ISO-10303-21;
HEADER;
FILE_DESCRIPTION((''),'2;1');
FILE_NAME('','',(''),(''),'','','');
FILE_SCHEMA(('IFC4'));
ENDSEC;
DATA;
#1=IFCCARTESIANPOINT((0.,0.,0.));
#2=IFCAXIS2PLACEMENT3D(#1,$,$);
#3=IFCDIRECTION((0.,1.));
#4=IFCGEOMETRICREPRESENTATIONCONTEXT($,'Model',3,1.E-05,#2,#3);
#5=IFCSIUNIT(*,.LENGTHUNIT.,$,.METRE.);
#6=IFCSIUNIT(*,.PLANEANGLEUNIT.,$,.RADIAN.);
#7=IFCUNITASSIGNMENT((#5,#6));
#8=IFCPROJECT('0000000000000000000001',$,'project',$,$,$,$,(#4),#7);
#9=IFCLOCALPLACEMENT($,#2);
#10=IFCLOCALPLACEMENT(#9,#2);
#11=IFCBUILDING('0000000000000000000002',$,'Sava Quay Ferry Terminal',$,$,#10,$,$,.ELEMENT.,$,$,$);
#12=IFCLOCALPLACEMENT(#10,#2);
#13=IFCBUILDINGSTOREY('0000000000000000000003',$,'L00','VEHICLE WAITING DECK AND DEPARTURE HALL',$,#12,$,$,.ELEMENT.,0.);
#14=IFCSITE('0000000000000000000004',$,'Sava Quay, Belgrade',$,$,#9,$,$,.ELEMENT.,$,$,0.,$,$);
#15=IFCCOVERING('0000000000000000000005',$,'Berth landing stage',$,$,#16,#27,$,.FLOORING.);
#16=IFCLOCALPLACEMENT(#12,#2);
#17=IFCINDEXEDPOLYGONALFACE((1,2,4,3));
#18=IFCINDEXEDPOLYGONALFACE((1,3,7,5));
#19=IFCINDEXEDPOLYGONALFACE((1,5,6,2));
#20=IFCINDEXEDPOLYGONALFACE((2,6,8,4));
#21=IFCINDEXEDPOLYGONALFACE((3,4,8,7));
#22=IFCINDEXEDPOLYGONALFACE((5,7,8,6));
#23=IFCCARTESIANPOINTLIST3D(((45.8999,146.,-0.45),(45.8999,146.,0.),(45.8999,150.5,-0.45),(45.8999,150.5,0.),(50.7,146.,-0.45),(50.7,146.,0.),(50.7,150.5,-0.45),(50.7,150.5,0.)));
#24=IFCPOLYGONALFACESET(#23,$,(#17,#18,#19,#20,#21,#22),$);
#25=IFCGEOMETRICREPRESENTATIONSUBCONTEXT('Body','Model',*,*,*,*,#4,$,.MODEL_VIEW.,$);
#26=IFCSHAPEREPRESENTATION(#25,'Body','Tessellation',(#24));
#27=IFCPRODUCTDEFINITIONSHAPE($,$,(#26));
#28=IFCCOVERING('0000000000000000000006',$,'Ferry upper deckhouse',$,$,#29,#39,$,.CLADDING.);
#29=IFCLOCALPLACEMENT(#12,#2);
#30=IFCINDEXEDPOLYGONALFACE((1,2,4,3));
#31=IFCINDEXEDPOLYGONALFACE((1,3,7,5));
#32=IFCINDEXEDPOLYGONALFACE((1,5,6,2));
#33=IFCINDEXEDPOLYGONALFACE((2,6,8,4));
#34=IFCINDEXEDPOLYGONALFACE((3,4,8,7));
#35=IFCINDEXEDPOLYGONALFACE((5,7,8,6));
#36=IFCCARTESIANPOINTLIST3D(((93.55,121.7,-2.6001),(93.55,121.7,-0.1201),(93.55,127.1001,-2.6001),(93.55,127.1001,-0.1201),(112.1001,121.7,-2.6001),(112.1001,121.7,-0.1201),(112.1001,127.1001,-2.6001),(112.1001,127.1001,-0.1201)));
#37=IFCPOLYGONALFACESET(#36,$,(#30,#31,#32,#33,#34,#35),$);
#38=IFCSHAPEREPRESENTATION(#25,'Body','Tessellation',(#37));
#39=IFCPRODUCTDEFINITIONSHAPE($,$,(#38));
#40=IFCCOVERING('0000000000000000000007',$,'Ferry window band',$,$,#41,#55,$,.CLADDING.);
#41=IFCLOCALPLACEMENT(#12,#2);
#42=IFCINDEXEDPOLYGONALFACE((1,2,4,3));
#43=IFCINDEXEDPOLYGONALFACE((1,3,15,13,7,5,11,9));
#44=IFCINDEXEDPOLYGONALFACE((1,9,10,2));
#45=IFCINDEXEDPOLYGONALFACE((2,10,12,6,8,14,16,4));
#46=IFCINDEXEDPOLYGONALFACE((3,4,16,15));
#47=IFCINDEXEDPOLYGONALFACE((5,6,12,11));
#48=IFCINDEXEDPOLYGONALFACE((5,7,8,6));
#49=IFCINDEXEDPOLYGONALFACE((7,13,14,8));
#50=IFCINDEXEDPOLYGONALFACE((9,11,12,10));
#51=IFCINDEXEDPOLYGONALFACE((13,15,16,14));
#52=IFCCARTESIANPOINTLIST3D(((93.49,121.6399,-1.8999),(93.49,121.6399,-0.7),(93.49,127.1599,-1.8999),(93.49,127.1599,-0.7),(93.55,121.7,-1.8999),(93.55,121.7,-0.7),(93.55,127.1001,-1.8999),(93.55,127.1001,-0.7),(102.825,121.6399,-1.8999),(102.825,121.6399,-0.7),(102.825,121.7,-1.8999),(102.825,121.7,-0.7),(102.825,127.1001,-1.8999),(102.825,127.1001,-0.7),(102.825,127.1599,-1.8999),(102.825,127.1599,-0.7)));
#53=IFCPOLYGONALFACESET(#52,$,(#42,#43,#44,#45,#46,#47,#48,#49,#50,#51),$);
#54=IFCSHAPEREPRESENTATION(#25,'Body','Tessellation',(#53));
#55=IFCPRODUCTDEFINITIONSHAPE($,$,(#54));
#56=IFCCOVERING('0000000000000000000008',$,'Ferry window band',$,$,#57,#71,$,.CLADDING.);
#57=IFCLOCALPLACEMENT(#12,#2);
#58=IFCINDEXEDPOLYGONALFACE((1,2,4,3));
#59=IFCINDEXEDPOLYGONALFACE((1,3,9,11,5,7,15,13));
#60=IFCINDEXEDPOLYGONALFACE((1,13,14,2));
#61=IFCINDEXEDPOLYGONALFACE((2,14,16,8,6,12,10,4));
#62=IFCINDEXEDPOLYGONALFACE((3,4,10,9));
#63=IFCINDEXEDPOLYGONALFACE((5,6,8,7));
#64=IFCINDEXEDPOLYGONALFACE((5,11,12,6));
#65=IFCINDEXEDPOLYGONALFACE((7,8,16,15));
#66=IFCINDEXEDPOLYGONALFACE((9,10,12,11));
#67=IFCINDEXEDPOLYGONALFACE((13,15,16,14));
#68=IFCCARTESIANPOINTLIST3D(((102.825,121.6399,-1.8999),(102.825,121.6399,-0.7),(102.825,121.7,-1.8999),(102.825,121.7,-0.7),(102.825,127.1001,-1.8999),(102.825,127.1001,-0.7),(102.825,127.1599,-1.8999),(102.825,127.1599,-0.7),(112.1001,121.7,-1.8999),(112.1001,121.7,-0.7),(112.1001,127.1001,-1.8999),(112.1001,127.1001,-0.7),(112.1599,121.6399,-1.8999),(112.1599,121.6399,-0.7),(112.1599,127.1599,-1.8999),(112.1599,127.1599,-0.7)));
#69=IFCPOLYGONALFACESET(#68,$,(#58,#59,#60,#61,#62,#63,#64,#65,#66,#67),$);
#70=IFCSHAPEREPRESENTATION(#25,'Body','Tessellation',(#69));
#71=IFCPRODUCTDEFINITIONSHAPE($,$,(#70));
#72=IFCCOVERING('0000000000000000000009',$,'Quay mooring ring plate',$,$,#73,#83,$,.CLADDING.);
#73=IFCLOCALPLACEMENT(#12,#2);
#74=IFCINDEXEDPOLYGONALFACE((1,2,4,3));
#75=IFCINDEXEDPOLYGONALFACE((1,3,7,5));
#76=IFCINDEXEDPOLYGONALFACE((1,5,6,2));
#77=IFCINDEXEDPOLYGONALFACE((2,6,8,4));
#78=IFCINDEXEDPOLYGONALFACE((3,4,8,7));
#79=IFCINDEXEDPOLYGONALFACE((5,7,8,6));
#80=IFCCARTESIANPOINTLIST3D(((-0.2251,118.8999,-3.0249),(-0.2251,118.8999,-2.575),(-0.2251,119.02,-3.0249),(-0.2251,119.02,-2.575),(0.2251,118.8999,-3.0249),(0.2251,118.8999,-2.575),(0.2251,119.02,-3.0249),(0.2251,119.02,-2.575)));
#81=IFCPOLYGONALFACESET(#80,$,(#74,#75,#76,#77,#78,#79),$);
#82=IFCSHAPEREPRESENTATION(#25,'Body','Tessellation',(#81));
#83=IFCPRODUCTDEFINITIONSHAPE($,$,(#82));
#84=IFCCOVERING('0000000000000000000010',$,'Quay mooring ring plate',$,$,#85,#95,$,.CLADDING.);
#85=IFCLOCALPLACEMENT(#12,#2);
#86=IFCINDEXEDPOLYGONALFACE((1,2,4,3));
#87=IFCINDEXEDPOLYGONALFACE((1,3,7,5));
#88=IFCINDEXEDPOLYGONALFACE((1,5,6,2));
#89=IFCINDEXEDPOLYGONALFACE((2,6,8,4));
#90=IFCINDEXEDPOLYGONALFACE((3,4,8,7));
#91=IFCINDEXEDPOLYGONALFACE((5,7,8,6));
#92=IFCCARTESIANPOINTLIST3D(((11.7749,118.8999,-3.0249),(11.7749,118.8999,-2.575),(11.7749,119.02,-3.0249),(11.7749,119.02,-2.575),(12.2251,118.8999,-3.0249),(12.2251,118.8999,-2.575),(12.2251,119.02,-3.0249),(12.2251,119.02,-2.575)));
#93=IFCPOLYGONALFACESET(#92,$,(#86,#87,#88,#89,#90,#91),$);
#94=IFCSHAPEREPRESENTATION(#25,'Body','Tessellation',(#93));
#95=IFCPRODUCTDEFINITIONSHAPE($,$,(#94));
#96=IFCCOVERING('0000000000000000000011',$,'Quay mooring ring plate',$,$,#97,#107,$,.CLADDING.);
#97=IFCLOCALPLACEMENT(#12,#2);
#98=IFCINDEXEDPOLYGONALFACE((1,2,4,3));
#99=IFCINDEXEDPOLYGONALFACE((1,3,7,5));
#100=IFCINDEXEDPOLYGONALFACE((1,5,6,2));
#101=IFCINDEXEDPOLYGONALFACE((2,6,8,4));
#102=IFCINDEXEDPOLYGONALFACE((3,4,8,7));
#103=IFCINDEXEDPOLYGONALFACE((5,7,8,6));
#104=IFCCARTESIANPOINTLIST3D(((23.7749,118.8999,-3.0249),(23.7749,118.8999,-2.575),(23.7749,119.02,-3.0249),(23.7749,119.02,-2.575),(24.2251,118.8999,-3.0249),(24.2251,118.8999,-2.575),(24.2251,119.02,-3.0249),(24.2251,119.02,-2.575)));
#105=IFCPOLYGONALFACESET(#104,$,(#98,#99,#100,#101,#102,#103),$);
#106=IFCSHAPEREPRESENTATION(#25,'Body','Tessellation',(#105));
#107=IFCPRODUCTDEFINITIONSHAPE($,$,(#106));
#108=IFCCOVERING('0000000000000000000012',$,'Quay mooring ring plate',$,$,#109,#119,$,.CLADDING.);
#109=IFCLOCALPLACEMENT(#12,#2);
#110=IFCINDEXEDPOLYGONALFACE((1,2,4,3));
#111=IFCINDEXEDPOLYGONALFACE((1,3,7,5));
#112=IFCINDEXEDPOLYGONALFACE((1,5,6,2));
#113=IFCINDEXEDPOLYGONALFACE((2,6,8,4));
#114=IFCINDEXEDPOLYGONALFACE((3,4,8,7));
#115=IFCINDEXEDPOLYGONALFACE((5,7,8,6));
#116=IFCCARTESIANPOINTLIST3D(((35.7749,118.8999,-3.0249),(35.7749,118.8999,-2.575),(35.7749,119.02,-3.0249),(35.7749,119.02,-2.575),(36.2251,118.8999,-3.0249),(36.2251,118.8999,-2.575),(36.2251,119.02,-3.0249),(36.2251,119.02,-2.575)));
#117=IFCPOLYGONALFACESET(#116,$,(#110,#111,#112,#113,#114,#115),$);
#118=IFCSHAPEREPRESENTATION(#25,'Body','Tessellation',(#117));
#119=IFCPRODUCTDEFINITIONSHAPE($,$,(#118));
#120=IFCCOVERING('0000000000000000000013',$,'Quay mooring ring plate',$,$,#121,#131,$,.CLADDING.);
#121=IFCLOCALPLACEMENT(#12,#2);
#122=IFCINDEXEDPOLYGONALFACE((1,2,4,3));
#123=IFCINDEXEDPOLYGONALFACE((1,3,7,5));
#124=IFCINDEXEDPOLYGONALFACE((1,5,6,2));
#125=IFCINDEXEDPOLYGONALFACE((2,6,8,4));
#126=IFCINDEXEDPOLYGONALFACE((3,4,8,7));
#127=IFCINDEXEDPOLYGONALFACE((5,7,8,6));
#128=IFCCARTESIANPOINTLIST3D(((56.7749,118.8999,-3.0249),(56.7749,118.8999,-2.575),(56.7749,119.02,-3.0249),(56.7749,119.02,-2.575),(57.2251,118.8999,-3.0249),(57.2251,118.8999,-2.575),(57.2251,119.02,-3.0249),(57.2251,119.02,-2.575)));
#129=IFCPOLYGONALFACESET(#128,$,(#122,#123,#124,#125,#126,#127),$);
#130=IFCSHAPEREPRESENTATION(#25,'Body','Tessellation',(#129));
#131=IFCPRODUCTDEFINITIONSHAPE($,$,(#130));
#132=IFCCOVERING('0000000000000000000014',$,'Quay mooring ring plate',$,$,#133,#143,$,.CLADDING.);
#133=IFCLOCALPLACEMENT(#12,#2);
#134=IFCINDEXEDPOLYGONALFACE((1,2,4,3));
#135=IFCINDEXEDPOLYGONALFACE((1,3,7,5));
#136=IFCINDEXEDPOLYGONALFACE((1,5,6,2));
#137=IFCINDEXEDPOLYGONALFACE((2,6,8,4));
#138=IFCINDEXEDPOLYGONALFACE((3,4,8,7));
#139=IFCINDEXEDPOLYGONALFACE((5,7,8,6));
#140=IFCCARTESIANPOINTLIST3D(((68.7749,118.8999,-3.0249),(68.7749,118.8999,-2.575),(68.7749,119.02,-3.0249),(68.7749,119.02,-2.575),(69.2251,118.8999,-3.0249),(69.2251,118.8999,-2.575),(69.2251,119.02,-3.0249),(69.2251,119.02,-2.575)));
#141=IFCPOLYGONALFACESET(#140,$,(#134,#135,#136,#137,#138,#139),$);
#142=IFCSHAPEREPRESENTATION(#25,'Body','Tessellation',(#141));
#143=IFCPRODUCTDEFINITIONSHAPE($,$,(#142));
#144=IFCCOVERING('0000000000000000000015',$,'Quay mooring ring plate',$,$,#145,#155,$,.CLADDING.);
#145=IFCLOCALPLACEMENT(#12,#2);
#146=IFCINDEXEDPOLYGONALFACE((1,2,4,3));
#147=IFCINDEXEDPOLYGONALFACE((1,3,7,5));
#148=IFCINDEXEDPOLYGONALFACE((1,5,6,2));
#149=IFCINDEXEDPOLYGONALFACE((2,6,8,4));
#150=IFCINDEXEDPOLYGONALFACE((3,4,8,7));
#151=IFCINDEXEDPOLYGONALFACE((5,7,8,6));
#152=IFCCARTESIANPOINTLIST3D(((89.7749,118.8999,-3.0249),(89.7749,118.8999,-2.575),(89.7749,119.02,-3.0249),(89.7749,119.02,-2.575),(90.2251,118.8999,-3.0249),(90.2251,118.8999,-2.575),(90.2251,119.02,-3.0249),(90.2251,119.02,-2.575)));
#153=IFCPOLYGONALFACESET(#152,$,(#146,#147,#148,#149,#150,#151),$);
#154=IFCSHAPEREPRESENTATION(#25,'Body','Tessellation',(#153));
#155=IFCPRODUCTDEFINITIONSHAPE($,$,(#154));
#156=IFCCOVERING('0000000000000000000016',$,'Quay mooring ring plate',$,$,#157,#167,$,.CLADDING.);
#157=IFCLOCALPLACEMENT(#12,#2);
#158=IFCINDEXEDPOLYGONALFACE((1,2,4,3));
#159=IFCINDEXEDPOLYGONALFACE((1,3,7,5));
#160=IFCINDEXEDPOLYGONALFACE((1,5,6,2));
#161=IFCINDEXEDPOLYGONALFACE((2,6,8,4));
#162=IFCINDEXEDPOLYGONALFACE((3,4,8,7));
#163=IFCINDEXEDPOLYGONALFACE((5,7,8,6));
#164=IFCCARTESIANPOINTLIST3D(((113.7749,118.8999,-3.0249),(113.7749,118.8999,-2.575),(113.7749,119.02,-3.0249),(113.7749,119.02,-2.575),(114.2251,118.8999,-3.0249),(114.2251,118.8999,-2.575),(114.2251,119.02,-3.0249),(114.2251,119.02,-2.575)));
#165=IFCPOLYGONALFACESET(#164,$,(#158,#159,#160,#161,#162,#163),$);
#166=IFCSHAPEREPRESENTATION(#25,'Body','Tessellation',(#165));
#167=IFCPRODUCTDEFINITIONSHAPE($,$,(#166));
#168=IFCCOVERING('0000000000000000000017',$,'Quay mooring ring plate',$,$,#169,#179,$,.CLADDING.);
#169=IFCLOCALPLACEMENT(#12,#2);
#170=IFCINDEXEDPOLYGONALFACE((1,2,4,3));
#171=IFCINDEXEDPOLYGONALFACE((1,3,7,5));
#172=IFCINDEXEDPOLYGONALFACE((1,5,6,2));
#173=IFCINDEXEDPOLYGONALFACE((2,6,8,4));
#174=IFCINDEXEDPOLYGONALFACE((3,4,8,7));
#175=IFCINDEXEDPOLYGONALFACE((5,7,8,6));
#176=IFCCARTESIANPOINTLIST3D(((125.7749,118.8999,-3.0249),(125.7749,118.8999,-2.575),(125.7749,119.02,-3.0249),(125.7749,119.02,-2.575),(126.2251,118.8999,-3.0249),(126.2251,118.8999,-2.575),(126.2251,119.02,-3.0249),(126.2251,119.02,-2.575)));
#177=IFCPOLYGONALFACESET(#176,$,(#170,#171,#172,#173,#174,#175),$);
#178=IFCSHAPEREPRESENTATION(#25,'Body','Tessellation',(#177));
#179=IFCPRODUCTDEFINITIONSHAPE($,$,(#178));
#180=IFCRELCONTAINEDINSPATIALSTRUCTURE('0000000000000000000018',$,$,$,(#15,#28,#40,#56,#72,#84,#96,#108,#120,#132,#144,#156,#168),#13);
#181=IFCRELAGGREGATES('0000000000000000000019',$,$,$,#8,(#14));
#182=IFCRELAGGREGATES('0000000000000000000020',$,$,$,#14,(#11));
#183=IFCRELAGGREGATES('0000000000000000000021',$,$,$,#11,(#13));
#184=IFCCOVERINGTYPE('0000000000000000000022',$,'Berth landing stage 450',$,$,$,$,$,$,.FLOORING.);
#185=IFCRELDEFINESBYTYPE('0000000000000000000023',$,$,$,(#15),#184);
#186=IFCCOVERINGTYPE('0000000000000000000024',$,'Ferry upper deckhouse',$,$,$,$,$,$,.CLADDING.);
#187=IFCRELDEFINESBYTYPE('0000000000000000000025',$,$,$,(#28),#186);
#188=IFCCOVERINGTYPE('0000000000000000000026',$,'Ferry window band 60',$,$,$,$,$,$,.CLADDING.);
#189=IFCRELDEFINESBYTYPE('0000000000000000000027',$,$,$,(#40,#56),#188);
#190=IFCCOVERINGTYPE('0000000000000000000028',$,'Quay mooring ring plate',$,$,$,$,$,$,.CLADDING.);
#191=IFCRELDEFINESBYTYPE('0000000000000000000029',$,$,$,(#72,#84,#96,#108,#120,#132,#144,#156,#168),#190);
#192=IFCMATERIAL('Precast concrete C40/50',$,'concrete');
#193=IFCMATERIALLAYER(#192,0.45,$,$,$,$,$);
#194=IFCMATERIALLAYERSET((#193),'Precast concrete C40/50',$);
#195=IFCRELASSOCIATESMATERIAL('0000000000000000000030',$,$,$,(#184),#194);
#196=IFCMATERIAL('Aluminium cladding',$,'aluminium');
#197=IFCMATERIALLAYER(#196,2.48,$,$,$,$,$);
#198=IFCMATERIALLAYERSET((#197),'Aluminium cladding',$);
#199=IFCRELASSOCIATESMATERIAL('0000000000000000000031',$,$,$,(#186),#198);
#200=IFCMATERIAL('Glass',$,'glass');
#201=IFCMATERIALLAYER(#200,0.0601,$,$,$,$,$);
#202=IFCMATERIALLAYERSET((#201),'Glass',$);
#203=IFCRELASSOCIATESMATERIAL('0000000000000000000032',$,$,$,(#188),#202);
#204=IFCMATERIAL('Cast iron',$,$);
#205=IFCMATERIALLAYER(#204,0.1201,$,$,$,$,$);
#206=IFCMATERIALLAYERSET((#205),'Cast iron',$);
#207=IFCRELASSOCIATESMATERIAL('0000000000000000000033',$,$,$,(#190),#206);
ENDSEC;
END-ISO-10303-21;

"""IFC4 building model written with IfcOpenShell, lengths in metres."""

from ifc_helpers import new_model, si_unit, direction, frame, origin, place, context, subcontext, project, spatial, polyline, outline, extrude, material, layer, layer_set, type_object, element, save


model = new_model("IFC4")

# Units and contexts
model_context = context("Model", 3, precision=1e-05, world=origin(), true_north=direction((0.0, 1.0)))
body_context = subcontext(model_context, "Body", "Model", "MODEL_VIEW")
ifc_project = project(units=[si_unit("LENGTHUNIT", "METRE"), si_unit("PLANEANGLEUNIT", "RADIAN")], contexts=[model_context])

# Site, building, storey
site_placement = place(None, origin())
site = spatial("IfcSite", under=ifc_project, at=site_placement, Name="Sava Quay, Belgrade", CompositionType="ELEMENT", RefElevation=0.0)
building_placement = place(site_placement, origin())
building = spatial("IfcBuilding", under=site, at=building_placement, Name="Sava Quay Ferry Terminal", CompositionType="ELEMENT")
storey_placement = place(building_placement, origin())
storey = spatial("IfcBuildingStorey", under=building, at=storey_placement, Name="L00", Description="VEHICLE WAITING DECK AND DEPARTURE HALL", CompositionType="ELEMENT", Elevation=0.0)

# Coverings
ifc_material_1 = material(Name="Precast concrete C40/50", Category="concrete")
ifc_layer_1 = layer(ifc_material_1, 0.45)
ifc_layer_set_1 = layer_set([ifc_layer_1], Name="Precast concrete C40/50")
covering_type_1 = type_object("IfcCoveringType", Name="Berth landing stage 450", PredefinedType="FLOORING", material=ifc_layer_set_1)
covering_1_placement = place(storey_placement, frame((0.0, 0.0, -0.45)))
element("IfcCovering", 1, at=covering_1_placement, inside=storey, type_object=covering_type_1, Name="Berth landing stage", PredefinedType="FLOORING", context=body_context, shape_type="SweptSolid", body=[
    extrude(outline(polyline([(45.8999, 146.0), (50.7, 146.0), (50.7, 150.5), (45.8999, 150.5), (45.8999, 146.0)])), origin(), (0.0, 0.0, 1.0), 0.45),
])
ifc_material_2 = material(Name="Aluminium cladding", Category="aluminium")
ifc_layer_2 = layer(ifc_material_2, 2.48)
ifc_layer_set_2 = layer_set([ifc_layer_2], Name="Aluminium cladding")
covering_type_2 = type_object("IfcCoveringType", Name="Ferry upper deckhouse", PredefinedType="CLADDING", material=ifc_layer_set_2)
covering_2_placement = place(storey_placement, frame((0.0, 0.0, -2.6001)))
element("IfcCovering", 2, at=covering_2_placement, inside=storey, type_object=covering_type_2, Name="Ferry upper deckhouse", PredefinedType="CLADDING", context=body_context, shape_type="SweptSolid", body=[
    extrude(outline(polyline([(112.1001, 127.1001), (93.55, 127.1001), (93.55, 121.7), (112.1001, 121.7), (112.1001, 127.1001)])), origin(), (0.0, 0.0, 1.0), 2.48),
])
ifc_material_3 = material(Name="Glass", Category="glass")
ifc_layer_3 = layer(ifc_material_3, 0.0601)
ifc_layer_set_3 = layer_set([ifc_layer_3], Name="Glass")
covering_type_3 = type_object("IfcCoveringType", Name="Ferry window band 60", PredefinedType="CLADDING", material=ifc_layer_set_3)
covering_3_placement = place(storey_placement, frame((0.0, 0.0, -1.8999)))
element("IfcCovering", 3, at=covering_3_placement, inside=storey, type_object=covering_type_3, Name="Ferry window band", PredefinedType="CLADDING", context=body_context, shape_type="SweptSolid", body=[
    extrude(outline(polyline([(93.49, 121.6399), (102.825, 121.6399), (102.825, 121.7), (93.55, 121.7), (93.55, 127.1001), (102.825, 127.1001), (102.825, 127.1599), (93.49, 127.1599), (93.49, 121.6399)])), origin(), (0.0, 0.0, 1.0), 1.2),
])
covering_4_placement = place(storey_placement, frame((0.0, 0.0, -1.8999)))
element("IfcCovering", 4, at=covering_4_placement, inside=storey, type_object=covering_type_3, Name="Ferry window band", PredefinedType="CLADDING", context=body_context, shape_type="SweptSolid", body=[
    extrude(outline(polyline([(102.825, 121.6399), (112.1599, 121.6399), (112.1599, 127.1599), (102.825, 127.1599), (102.825, 127.1001), (112.1001, 127.1001), (112.1001, 121.7), (102.825, 121.7), (102.825, 121.6399)])), origin(), (0.0, 0.0, 1.0), 1.2),
])
ifc_material_4 = material(Name="Cast iron")
ifc_layer_4 = layer(ifc_material_4, 0.1201)
ifc_layer_set_4 = layer_set([ifc_layer_4], Name="Cast iron")
covering_type_4 = type_object("IfcCoveringType", Name="Quay mooring ring plate", PredefinedType="CLADDING", material=ifc_layer_set_4)
covering_5_placement = place(storey_placement, frame((0.0, 0.0, -3.0249)))
element("IfcCovering", 5, at=covering_5_placement, inside=storey, type_object=covering_type_4, Name="Quay mooring ring plate", PredefinedType="CLADDING", context=body_context, shape_type="SweptSolid", body=[
    extrude(outline(polyline([(0.2251, 118.8999), (0.2251, 119.02), (-0.2251, 119.02), (-0.2251, 118.8999), (0.2251, 118.8999)])), origin(), (0.0, 0.0, 1.0), 0.45),
])
covering_6_placement = place(storey_placement, frame((0.0, 0.0, -3.0249)))
element("IfcCovering", 6, at=covering_6_placement, inside=storey, type_object=covering_type_4, Name="Quay mooring ring plate", PredefinedType="CLADDING", context=body_context, shape_type="SweptSolid", body=[
    extrude(outline(polyline([(12.2251, 118.8999), (12.2251, 119.02), (11.7749, 119.02), (11.7749, 118.8999), (12.2251, 118.8999)])), origin(), (0.0, 0.0, 1.0), 0.45),
])
covering_7_placement = place(storey_placement, frame((0.0, 0.0, -3.0249)))
element("IfcCovering", 7, at=covering_7_placement, inside=storey, type_object=covering_type_4, Name="Quay mooring ring plate", PredefinedType="CLADDING", context=body_context, shape_type="SweptSolid", body=[
    extrude(outline(polyline([(24.2251, 118.8999), (24.2251, 119.02), (23.7749, 119.02), (23.7749, 118.8999), (24.2251, 118.8999)])), origin(), (0.0, 0.0, 1.0), 0.45),
])
covering_8_placement = place(storey_placement, frame((0.0, 0.0, -3.0249)))
element("IfcCovering", 8, at=covering_8_placement, inside=storey, type_object=covering_type_4, Name="Quay mooring ring plate", PredefinedType="CLADDING", context=body_context, shape_type="SweptSolid", body=[
    extrude(outline(polyline([(36.2251, 118.8999), (36.2251, 119.02), (35.7749, 119.02), (35.7749, 118.8999), (36.2251, 118.8999)])), origin(), (0.0, 0.0, 1.0), 0.45),
])
covering_9_placement = place(storey_placement, frame((0.0, 0.0, -3.0249)))
element("IfcCovering", 9, at=covering_9_placement, inside=storey, type_object=covering_type_4, Name="Quay mooring ring plate", PredefinedType="CLADDING", context=body_context, shape_type="SweptSolid", body=[
    extrude(outline(polyline([(57.2251, 118.8999), (57.2251, 119.02), (56.7749, 119.02), (56.7749, 118.8999), (57.2251, 118.8999)])), origin(), (0.0, 0.0, 1.0), 0.45),
])
covering_10_placement = place(storey_placement, frame((0.0, 0.0, -3.0249)))
element("IfcCovering", 10, at=covering_10_placement, inside=storey, type_object=covering_type_4, Name="Quay mooring ring plate", PredefinedType="CLADDING", context=body_context, shape_type="SweptSolid", body=[
    extrude(outline(polyline([(69.2251, 118.8999), (69.2251, 119.02), (68.7749, 119.02), (68.7749, 118.8999), (69.2251, 118.8999)])), origin(), (0.0, 0.0, 1.0), 0.45),
])
covering_11_placement = place(storey_placement, frame((0.0, 0.0, -3.0249)))
element("IfcCovering", 11, at=covering_11_placement, inside=storey, type_object=covering_type_4, Name="Quay mooring ring plate", PredefinedType="CLADDING", context=body_context, shape_type="SweptSolid", body=[
    extrude(outline(polyline([(90.2251, 118.8999), (90.2251, 119.02), (89.7749, 119.02), (89.7749, 118.8999), (90.2251, 118.8999)])), origin(), (0.0, 0.0, 1.0), 0.45),
])
covering_12_placement = place(storey_placement, frame((0.0, 0.0, -3.0249)))
element("IfcCovering", 12, at=covering_12_placement, inside=storey, type_object=covering_type_4, Name="Quay mooring ring plate", PredefinedType="CLADDING", context=body_context, shape_type="SweptSolid", body=[
    extrude(outline(polyline([(114.2251, 118.8999), (114.2251, 119.02), (113.7749, 119.02), (113.7749, 118.8999), (114.2251, 118.8999)])), origin(), (0.0, 0.0, 1.0), 0.45),
])
covering_13_placement = place(storey_placement, frame((0.0, 0.0, -3.0249)))
element("IfcCovering", 13, at=covering_13_placement, inside=storey, type_object=covering_type_4, Name="Quay mooring ring plate", PredefinedType="CLADDING", context=body_context, shape_type="SweptSolid", body=[
    extrude(outline(polyline([(126.2251, 118.8999), (126.2251, 119.02), (125.7749, 119.02), (125.7749, 118.8999), (126.2251, 118.8999)])), origin(), (0.0, 0.0, 1.0), 0.45),
])

save(model, "model.ifc")
